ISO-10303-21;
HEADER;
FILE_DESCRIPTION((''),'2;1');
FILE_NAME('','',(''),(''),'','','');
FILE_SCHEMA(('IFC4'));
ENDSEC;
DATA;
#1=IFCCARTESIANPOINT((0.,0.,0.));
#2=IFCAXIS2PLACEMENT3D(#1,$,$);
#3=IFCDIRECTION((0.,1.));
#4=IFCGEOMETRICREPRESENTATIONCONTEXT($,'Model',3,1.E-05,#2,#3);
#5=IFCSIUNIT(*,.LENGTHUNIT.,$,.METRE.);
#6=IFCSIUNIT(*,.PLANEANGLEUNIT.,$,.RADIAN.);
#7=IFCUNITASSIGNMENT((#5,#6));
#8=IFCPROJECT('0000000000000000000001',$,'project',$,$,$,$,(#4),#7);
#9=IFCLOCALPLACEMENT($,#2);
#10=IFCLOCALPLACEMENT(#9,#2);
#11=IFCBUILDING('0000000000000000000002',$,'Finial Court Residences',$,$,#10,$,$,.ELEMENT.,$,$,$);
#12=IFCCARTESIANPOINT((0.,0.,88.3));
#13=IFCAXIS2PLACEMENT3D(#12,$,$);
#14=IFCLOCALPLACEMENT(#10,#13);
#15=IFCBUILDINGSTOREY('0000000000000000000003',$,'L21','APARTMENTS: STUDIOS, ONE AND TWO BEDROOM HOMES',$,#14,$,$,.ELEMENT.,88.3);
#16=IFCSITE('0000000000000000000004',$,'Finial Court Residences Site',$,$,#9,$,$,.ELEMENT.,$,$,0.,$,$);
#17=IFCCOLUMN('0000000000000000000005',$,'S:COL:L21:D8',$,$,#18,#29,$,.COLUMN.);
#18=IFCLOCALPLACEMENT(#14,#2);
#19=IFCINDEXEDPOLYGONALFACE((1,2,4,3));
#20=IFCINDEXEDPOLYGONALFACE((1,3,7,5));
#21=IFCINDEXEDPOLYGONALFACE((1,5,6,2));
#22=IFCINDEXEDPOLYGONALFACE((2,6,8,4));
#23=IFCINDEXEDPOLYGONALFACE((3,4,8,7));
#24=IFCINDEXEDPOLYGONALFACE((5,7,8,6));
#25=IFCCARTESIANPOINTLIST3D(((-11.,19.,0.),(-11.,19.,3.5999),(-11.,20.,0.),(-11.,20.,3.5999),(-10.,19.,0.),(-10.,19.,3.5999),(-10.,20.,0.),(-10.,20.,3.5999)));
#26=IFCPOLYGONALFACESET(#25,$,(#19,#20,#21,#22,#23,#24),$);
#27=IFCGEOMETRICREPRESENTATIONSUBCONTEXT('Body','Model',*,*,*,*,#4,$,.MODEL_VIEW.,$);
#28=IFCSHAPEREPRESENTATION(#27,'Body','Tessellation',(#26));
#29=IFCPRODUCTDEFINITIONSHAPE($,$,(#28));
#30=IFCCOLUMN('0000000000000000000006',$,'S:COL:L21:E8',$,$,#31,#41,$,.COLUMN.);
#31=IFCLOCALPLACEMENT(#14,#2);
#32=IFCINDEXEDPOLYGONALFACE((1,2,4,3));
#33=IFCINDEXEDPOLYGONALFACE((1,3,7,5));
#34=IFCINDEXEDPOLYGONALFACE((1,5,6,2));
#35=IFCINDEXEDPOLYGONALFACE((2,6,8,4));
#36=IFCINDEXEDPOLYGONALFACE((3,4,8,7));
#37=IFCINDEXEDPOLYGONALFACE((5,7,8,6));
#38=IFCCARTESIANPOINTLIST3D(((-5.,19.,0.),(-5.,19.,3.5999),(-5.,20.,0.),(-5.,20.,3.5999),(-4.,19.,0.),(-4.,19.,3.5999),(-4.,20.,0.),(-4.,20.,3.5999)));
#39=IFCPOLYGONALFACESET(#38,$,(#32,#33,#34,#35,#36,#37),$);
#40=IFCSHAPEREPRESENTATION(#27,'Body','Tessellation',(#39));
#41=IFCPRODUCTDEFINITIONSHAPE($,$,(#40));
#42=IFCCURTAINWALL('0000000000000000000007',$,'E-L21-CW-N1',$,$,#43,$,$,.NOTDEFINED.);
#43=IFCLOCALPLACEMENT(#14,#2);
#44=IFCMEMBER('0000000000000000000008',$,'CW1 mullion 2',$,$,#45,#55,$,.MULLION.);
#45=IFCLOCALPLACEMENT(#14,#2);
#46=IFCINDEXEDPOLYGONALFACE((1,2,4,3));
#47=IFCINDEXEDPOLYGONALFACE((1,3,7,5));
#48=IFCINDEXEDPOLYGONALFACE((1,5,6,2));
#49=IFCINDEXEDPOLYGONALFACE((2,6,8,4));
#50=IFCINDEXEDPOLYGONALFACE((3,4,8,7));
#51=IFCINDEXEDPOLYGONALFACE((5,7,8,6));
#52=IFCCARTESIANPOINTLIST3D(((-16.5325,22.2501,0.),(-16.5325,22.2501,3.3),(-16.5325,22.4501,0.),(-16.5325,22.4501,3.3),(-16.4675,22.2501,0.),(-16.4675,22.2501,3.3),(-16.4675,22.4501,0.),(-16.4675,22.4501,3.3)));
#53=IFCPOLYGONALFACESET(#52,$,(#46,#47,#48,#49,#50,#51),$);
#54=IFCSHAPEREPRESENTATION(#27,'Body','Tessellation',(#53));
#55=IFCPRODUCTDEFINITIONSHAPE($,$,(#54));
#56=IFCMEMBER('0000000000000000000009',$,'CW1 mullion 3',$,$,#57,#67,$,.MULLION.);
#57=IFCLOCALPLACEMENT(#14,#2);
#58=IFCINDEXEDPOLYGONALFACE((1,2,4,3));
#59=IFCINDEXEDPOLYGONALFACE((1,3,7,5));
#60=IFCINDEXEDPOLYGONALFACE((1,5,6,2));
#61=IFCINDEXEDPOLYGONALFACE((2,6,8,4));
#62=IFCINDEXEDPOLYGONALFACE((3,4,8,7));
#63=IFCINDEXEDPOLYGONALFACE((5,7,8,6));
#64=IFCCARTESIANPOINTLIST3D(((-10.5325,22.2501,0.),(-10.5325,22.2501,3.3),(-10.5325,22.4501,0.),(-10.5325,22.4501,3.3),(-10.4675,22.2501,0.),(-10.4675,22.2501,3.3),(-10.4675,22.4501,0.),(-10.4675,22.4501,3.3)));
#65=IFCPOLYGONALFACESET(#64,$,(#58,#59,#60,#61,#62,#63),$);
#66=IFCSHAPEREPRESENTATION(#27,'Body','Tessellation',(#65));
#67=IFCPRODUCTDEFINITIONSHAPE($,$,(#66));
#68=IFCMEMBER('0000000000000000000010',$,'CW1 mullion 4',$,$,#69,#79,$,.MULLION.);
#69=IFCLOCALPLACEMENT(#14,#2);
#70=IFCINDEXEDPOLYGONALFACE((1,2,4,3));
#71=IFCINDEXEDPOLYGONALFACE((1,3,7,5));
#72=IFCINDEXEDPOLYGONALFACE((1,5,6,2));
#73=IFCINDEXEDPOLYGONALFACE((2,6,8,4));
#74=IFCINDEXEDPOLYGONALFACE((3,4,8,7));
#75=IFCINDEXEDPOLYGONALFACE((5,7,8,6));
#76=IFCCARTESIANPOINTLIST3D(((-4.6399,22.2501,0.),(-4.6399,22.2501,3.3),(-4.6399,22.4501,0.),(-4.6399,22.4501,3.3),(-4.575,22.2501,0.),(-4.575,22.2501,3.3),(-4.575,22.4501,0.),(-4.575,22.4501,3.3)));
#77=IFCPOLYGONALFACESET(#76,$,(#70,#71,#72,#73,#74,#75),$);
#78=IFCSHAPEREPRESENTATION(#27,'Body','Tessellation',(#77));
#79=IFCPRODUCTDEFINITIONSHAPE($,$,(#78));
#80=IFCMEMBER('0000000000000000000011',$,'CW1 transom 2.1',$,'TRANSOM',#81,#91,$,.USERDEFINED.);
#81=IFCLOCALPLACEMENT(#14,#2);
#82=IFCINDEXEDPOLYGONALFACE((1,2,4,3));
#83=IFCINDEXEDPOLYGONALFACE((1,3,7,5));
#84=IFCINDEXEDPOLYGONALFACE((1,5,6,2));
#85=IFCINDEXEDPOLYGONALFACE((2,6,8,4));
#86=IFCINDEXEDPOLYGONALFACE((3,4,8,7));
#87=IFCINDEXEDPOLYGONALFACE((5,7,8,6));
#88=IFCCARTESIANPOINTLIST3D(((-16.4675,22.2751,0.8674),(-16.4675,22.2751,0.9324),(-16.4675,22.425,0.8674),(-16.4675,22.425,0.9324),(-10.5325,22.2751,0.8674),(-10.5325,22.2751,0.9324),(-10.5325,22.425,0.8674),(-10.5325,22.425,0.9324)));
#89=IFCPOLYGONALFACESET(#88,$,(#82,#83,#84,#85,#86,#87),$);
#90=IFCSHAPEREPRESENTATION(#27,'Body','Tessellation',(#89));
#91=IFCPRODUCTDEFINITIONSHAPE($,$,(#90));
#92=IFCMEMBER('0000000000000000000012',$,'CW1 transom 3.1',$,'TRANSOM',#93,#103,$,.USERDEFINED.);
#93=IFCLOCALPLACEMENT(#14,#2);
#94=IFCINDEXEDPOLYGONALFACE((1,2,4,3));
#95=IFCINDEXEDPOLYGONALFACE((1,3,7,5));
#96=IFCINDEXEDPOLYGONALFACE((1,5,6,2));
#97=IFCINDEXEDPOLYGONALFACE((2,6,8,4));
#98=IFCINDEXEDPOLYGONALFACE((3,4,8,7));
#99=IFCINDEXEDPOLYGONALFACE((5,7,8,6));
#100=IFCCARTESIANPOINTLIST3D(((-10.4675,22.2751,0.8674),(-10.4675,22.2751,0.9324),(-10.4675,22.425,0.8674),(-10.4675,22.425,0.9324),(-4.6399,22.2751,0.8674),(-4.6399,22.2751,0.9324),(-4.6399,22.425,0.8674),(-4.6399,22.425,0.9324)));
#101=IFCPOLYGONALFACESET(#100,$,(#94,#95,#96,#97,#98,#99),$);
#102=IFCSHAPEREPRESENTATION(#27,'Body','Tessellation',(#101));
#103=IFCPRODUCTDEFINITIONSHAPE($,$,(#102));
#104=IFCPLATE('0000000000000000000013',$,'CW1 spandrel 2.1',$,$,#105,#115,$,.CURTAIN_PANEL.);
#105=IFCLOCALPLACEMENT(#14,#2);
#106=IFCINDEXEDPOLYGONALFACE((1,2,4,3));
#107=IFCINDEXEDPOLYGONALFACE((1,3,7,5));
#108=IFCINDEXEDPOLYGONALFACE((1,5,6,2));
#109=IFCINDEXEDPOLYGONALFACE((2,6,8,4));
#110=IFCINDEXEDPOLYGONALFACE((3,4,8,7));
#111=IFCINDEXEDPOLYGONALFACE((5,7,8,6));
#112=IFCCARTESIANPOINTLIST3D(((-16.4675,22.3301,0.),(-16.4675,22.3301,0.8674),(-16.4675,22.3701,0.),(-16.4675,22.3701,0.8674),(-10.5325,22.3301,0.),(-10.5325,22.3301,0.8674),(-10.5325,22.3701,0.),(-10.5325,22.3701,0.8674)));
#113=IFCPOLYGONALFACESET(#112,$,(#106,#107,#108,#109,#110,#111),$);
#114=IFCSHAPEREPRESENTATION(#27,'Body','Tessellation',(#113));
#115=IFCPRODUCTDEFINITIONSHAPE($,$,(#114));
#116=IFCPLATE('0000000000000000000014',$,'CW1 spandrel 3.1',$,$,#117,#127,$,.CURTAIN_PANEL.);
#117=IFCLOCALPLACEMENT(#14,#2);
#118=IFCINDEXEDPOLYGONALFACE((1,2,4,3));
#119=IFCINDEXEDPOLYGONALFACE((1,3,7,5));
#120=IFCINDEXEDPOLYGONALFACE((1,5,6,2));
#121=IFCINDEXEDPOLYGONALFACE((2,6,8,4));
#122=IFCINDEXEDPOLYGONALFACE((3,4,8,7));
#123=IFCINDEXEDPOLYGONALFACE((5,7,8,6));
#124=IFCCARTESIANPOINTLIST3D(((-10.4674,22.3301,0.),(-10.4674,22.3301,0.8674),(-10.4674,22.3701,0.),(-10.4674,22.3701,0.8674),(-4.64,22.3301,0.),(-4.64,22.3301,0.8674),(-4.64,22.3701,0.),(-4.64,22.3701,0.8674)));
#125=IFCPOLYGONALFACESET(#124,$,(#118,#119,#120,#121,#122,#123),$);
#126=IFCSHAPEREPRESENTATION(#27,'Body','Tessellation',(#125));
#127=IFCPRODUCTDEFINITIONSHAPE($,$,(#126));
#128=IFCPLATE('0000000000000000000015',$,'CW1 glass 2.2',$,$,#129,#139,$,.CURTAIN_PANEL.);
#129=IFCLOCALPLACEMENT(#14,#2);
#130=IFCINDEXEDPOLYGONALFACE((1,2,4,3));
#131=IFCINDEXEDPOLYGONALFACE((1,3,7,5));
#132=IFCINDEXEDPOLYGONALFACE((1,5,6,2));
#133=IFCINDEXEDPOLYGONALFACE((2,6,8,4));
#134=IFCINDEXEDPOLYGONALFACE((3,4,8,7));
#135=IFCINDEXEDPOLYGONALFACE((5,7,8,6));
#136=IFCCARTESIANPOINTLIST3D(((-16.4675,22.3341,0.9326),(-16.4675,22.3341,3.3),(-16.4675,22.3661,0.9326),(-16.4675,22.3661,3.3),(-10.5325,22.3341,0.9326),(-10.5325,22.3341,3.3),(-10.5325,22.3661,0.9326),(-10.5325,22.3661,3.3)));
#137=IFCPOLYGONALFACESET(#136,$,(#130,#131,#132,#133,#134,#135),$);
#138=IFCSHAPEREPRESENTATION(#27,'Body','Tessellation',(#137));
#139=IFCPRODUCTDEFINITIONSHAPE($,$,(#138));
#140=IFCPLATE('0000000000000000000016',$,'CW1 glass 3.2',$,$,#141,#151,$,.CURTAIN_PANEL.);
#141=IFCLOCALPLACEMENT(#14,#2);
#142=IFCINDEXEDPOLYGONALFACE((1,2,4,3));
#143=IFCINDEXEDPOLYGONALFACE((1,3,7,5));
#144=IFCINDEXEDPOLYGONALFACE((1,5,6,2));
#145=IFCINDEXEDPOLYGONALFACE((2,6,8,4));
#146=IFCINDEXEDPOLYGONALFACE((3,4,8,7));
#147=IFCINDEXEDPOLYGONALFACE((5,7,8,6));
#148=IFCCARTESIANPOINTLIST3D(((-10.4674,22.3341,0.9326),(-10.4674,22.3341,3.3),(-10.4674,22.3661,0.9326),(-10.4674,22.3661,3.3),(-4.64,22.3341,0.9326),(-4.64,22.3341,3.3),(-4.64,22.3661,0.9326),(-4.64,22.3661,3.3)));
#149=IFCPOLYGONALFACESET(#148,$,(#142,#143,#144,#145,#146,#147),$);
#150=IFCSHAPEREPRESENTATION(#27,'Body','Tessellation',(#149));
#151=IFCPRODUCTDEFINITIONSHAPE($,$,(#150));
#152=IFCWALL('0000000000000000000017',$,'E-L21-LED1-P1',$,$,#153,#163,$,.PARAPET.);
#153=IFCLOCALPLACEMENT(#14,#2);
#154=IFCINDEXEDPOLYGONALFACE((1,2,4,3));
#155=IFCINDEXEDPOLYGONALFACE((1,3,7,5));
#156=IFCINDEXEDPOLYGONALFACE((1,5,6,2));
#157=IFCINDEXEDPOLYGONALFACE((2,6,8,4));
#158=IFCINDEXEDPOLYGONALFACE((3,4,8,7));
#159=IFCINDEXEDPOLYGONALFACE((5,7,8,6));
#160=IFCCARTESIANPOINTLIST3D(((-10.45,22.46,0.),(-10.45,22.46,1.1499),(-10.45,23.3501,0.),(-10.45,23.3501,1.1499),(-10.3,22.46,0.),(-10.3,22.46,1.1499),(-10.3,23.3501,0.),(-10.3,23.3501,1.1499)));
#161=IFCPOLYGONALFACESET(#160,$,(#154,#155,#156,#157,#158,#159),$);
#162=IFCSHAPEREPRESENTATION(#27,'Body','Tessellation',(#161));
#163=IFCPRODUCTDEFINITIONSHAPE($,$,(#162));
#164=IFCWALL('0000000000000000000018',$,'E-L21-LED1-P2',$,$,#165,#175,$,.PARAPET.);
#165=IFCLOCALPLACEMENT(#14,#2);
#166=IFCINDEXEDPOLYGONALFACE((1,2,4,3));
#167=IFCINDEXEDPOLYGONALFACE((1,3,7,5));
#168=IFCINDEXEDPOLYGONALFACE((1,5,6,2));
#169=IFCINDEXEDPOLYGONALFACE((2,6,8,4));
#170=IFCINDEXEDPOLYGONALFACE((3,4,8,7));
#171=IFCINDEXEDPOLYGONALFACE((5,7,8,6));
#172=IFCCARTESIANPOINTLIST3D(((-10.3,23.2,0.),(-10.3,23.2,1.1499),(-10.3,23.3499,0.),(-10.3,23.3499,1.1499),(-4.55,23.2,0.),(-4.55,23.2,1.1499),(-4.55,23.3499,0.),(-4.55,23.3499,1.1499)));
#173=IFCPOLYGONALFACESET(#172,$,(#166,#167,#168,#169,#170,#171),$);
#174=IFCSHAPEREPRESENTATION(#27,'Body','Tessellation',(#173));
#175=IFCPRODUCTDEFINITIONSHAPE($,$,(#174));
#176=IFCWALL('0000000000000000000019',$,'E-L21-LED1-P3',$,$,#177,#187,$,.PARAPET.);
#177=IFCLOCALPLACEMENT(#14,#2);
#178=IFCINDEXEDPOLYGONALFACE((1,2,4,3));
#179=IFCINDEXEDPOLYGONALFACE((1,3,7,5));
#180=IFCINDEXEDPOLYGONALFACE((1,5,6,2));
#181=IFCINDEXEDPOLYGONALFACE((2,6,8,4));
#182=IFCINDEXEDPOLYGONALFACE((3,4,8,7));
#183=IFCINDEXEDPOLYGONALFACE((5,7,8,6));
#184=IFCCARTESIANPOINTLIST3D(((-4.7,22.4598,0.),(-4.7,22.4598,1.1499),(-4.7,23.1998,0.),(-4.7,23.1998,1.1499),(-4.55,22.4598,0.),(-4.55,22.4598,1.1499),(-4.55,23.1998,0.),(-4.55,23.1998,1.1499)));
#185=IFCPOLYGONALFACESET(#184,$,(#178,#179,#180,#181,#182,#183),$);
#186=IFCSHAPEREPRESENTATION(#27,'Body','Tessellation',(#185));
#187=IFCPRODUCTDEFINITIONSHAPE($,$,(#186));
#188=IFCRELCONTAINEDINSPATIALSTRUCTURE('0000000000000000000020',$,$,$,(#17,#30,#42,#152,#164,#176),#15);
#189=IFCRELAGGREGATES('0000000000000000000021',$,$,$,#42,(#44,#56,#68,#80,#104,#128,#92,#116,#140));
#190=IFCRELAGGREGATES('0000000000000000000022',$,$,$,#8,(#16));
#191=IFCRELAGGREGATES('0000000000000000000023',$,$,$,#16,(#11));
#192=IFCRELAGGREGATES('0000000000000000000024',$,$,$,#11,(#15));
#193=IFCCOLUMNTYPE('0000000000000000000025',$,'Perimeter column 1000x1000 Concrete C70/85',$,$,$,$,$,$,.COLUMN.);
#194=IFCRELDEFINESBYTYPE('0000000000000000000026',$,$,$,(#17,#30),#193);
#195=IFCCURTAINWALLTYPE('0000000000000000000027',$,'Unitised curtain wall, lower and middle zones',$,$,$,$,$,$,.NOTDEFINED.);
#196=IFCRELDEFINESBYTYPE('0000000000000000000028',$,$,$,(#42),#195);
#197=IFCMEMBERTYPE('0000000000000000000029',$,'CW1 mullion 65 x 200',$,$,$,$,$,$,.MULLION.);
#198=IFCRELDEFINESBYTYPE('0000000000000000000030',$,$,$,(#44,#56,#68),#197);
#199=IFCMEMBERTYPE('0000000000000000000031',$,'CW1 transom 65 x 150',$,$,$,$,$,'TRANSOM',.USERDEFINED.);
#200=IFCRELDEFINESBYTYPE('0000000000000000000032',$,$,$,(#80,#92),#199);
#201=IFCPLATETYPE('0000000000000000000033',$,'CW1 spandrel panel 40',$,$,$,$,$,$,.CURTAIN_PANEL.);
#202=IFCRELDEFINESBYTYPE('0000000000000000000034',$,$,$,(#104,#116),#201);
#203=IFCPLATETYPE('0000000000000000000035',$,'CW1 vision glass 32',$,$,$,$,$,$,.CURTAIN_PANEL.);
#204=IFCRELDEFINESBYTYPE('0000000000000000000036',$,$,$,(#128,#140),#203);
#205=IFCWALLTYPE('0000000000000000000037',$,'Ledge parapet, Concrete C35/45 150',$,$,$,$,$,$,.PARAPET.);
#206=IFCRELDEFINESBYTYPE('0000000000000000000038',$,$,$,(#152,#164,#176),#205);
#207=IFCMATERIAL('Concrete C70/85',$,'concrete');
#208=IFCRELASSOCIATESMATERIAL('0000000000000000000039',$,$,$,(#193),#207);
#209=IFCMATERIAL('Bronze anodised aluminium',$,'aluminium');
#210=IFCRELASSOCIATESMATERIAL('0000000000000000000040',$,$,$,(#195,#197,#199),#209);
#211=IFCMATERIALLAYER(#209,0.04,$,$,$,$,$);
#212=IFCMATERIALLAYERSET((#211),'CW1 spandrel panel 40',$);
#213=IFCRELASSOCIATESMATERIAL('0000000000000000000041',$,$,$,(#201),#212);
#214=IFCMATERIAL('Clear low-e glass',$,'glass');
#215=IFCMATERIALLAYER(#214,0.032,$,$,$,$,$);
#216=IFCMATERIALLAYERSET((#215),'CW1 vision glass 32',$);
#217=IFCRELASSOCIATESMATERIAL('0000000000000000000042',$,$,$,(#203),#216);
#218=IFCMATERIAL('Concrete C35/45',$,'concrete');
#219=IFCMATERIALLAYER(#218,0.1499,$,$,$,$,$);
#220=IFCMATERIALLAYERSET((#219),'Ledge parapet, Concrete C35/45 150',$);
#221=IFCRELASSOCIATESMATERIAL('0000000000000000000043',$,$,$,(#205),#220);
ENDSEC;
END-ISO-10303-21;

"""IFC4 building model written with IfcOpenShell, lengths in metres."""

from ifc_helpers import new_model, si_unit, direction, frame, frame_2d, origin, origin_2d, place, context, subcontext, project, spatial, rectangle, extrude, material, layer, layer_set, material_profile, profile_set, type_object, element, aggregate, save


model = new_model("IFC4")

# Units and contexts
model_context = context("Model", 3, precision=1e-05, world=origin(), true_north=direction((0.0, 1.0)))
body_context = subcontext(model_context, "Body", "Model", "MODEL_VIEW")
ifc_project = project(units=[si_unit("LENGTHUNIT", "METRE"), si_unit("PLANEANGLEUNIT", "RADIAN")], contexts=[model_context])

# Site, building, storey
site_placement = place(None, origin())
site = spatial("IfcSite", under=ifc_project, at=site_placement, Name="Finial Court Residences Site", CompositionType="ELEMENT", RefElevation=0.0)
building_placement = place(site_placement, origin())
building = spatial("IfcBuilding", under=site, at=building_placement, Name="Finial Court Residences", CompositionType="ELEMENT")
storey_placement = place(building_placement, frame((0.0, 0.0, 88.3)))
storey = spatial("IfcBuildingStorey", under=building, at=storey_placement, Name="L21", Description="APARTMENTS: STUDIOS, ONE AND TWO BEDROOM HOMES", CompositionType="ELEMENT", Elevation=88.3)

# Columns
ifc_material_1 = material(Name="Concrete C70/85", Category="concrete")
ifc_material_profile_1 = material_profile(ifc_material_1, rectangle(XDim=1.0, YDim=1.0, at=origin_2d()), Name="1000x1000")
ifc_profile_set_1 = profile_set([ifc_material_profile_1], Name="Concrete C70/85")
column_type = type_object("IfcColumnType", Name="Perimeter column 1000x1000 Concrete C70/85", PredefinedType="COLUMN", material=ifc_profile_set_1)
for number, where, z_axis, x_axis, name in (
    (1, (-10.5, 19.5, 0.0), (0.0, 0.0, 1.0), (1.0, 0.0, 0.0), "S:COL:L21:D8"),
    (2, (-4.5, 19.5, 0.0), (0.0, 0.0, 1.0), (1.0, 0.0, 0.0), "S:COL:L21:E8"),
):
    element("IfcColumn", number, at=place(storey_placement, frame(where, z_axis=z_axis, x_axis=x_axis)), inside=storey, type_object=column_type, Name=name, PredefinedType="COLUMN", context=body_context, shape_type="SweptSolid", body=[
        extrude(rectangle(XDim=1.0, YDim=1.0, at=origin_2d()), origin(), (0.0, 0.0, 1.0), 3.5999),
    ])

# Curtain wall, members, plates
ifc_material_2 = material(Name="Bronze anodised aluminium", Category="aluminium")
curtain_wall_type = type_object("IfcCurtainWallType", Name="Unitised curtain wall, lower and middle zones", PredefinedType="NOTDEFINED", material=ifc_material_2)
curtain_wall_placement = place(storey_placement, origin())
curtain_wall = element("IfcCurtainWall", 3, at=curtain_wall_placement, inside=storey, type_object=curtain_wall_type, Name="E-L21-CW-N1", PredefinedType="NOTDEFINED")
ifc_material_profile_2 = material_profile(ifc_material_2, rectangle(XDim=0.2, YDim=0.0649, at=origin_2d()), Name="CW1 mullion 65 x 200")
ifc_profile_set_2 = profile_set([ifc_material_profile_2], Name="Bronze anodised aluminium")
member_type_1 = type_object("IfcMemberType", Name="CW1 mullion 65 x 200", PredefinedType="MULLION", material=ifc_profile_set_2)
member_1_placement = place(storey_placement, frame((-16.5, 22.3501, 0.0), z_axis=(0.0, 0.0, 1.0), x_axis=(0.0, 1.0, 0.0)))
member_1 = element("IfcMember", 4, at=member_1_placement, type_object=member_type_1, Name="CW1 mullion 2", PredefinedType="MULLION", context=body_context, shape_type="SweptSolid", body=[
    extrude(rectangle(XDim=0.2, YDim=0.0649, at=origin_2d()), origin(), (0.0, 0.0, 1.0), 3.3),
])
member_2_placement = place(storey_placement, frame((-10.5, 22.3501, 0.0), z_axis=(0.0, 0.0, 1.0), x_axis=(0.0, 1.0, 0.0)))
member_2 = element("IfcMember", 5, at=member_2_placement, type_object=member_type_1, Name="CW1 mullion 3", PredefinedType="MULLION", context=body_context, shape_type="SweptSolid", body=[
    extrude(rectangle(XDim=0.2, YDim=0.0649, at=origin_2d()), origin(), (0.0, 0.0, 1.0), 3.3),
])
member_3_placement = place(storey_placement, frame((-4.6074, 22.3501, 0.0), z_axis=(0.0, 0.0, 1.0), x_axis=(0.0, 1.0, 0.0)))
member_3 = element("IfcMember", 6, at=member_3_placement, type_object=member_type_1, Name="CW1 mullion 4", PredefinedType="MULLION", context=body_context, shape_type="SweptSolid", body=[
    extrude(rectangle(XDim=0.2, YDim=0.0649, at=origin_2d()), origin(), (0.0, 0.0, 1.0), 3.3),
])
ifc_material_profile_3 = material_profile(ifc_material_2, rectangle(XDim=0.1499, YDim=0.0649, at=origin_2d()), Name="CW1 transom 65 x 150")
ifc_profile_set_3 = profile_set([ifc_material_profile_3], Name="Bronze anodised aluminium")
member_type_2 = type_object("IfcMemberType", Name="CW1 transom 65 x 150", ElementType="TRANSOM", PredefinedType="USERDEFINED", material=ifc_profile_set_3)
member_4_placement = place(storey_placement, frame((-16.4675, 22.3501, 0.8999), z_axis=(1.0, 0.0, 0.0), x_axis=(0.0, 1.0, 0.0)))
member_4 = element("IfcMember", 7, at=member_4_placement, type_object=member_type_2, Name="CW1 transom 2.1", ObjectType="TRANSOM", PredefinedType="USERDEFINED", context=body_context, shape_type="SweptSolid", body=[
    extrude(rectangle(XDim=0.1499, YDim=0.0649, at=origin_2d()), origin(), (0.0, 0.0, 1.0), 5.9351),
])
member_5_placement = place(storey_placement, frame((-10.4675, 22.3501, 0.8999), z_axis=(1.0, 0.0, 0.0), x_axis=(0.0, 1.0, 0.0)))
member_5 = element("IfcMember", 8, at=member_5_placement, type_object=member_type_2, Name="CW1 transom 3.1", ObjectType="TRANSOM", PredefinedType="USERDEFINED", context=body_context, shape_type="SweptSolid", body=[
    extrude(rectangle(XDim=0.1499, YDim=0.0649, at=origin_2d()), origin(), (0.0, 0.0, 1.0), 5.8276),
])
ifc_layer_1 = layer(ifc_material_2, 0.04)
ifc_layer_set_1 = layer_set([ifc_layer_1], Name="CW1 spandrel panel 40")
plate_type_1 = type_object("IfcPlateType", Name="CW1 spandrel panel 40", PredefinedType="CURTAIN_PANEL", material=ifc_layer_set_1)
plate_1_placement = place(storey_placement, frame((-13.5, 22.3501, 0.0), z_axis=(0.0, 0.0, 1.0), x_axis=(1.0, 0.0, 0.0)))
plate_1 = element("IfcPlate", 9, at=plate_1_placement, type_object=plate_type_1, Name="CW1 spandrel 2.1", PredefinedType="CURTAIN_PANEL", context=body_context, shape_type="SweptSolid", body=[
    extrude(rectangle(XDim=5.9351, YDim=0.04, at=origin_2d()), origin(), (0.0, 0.0, 1.0), 0.8674),
])
plate_2_placement = place(storey_placement, frame((-7.5537, 22.3501, 0.0), z_axis=(0.0, 0.0, 1.0), x_axis=(1.0, 0.0, 0.0)))
plate_2 = element("IfcPlate", 10, at=plate_2_placement, type_object=plate_type_1, Name="CW1 spandrel 3.1", PredefinedType="CURTAIN_PANEL", context=body_context, shape_type="SweptSolid", body=[
    extrude(rectangle(XDim=5.8274, YDim=0.04, at=origin_2d()), origin(), (0.0, 0.0, 1.0), 0.8674),
])
ifc_material_3 = material(Name="Clear low-e glass", Category="glass")
ifc_layer_2 = layer(ifc_material_3, 0.032)
ifc_layer_set_2 = layer_set([ifc_layer_2], Name="CW1 vision glass 32")
plate_type_2 = type_object("IfcPlateType", Name="CW1 vision glass 32", PredefinedType="CURTAIN_PANEL", material=ifc_layer_set_2)
plate_3_placement = place(storey_placement, frame((-13.5, 22.3501, 0.9326), z_axis=(0.0, 0.0, 1.0), x_axis=(1.0, 0.0, 0.0)))
plate_3 = element("IfcPlate", 11, at=plate_3_placement, type_object=plate_type_2, Name="CW1 glass 2.2", PredefinedType="CURTAIN_PANEL", context=body_context, shape_type="SweptSolid", body=[
    extrude(rectangle(XDim=5.9351, YDim=0.032, at=origin_2d()), origin(), (0.0, 0.0, 1.0), 2.3674),
])
plate_4_placement = place(storey_placement, frame((-7.5537, 22.3501, 0.9326), z_axis=(0.0, 0.0, 1.0), x_axis=(1.0, 0.0, 0.0)))
plate_4 = element("IfcPlate", 12, at=plate_4_placement, type_object=plate_type_2, Name="CW1 glass 3.2", PredefinedType="CURTAIN_PANEL", context=body_context, shape_type="SweptSolid", body=[
    extrude(rectangle(XDim=5.8274, YDim=0.032, at=origin_2d()), origin(), (0.0, 0.0, 1.0), 2.3674),
])
aggregate(curtain_wall, [member_1, member_2, member_3, member_4, plate_1, plate_3, member_5, plate_2, plate_4])

# Walls
ifc_material_4 = material(Name="Concrete C35/45", Category="concrete")
ifc_layer_3 = layer(ifc_material_4, 0.1499)
ifc_layer_set_3 = layer_set([ifc_layer_3], Name="Ledge parapet, Concrete C35/45 150")
wall_type_1 = type_object("IfcWallType", Name="Ledge parapet, Concrete C35/45 150", PredefinedType="PARAPET", material=ifc_layer_set_3)
wall_1_placement = place(storey_placement, frame((-10.375, 22.46, 0.0), z_axis=(0.0, 0.0, 1.0), x_axis=(0.0, 1.0, 0.0)))
element("IfcWall", 13, at=wall_1_placement, inside=storey, type_object=wall_type_1, Name="E-L21-LED1-P1", PredefinedType="PARAPET", context=body_context, shape_type="SweptSolid", body=[
    extrude(rectangle(XDim=0.8901, YDim=0.1499, at=frame_2d((0.4451, 0.0))), origin(), (0.0, 0.0, 1.0), 1.1499),
])
wall_2_placement = place(storey_placement, frame((-10.3, 23.2749, 0.0), z_axis=(0.0, 0.0, 1.0), x_axis=(1.0, 0.0, 0.0)))
element("IfcWall", 14, at=wall_2_placement, inside=storey, type_object=wall_type_1, Name="E-L21-LED1-P2", PredefinedType="PARAPET", context=body_context, shape_type="SweptSolid", body=[
    extrude(rectangle(XDim=5.75, YDim=0.1499, at=frame_2d((2.875, 0.0))), origin(), (0.0, 0.0, 1.0), 1.1499),
])
wall_3_placement = place(storey_placement, frame((-4.625, 23.2, 0.0), z_axis=(0.0, 0.0, 1.0), x_axis=(0.0, -1.0, 0.0)))
element("IfcWall", 15, at=wall_3_placement, inside=storey, type_object=wall_type_1, Name="E-L21-LED1-P3", PredefinedType="PARAPET", context=body_context, shape_type="SweptSolid", body=[
    extrude(rectangle(XDim=0.74, YDim=0.1499, at=frame_2d((0.3701, 0.0))), origin(), (0.0, 0.0, 1.0), 1.1499),
])

save(model, "model.ifc")
